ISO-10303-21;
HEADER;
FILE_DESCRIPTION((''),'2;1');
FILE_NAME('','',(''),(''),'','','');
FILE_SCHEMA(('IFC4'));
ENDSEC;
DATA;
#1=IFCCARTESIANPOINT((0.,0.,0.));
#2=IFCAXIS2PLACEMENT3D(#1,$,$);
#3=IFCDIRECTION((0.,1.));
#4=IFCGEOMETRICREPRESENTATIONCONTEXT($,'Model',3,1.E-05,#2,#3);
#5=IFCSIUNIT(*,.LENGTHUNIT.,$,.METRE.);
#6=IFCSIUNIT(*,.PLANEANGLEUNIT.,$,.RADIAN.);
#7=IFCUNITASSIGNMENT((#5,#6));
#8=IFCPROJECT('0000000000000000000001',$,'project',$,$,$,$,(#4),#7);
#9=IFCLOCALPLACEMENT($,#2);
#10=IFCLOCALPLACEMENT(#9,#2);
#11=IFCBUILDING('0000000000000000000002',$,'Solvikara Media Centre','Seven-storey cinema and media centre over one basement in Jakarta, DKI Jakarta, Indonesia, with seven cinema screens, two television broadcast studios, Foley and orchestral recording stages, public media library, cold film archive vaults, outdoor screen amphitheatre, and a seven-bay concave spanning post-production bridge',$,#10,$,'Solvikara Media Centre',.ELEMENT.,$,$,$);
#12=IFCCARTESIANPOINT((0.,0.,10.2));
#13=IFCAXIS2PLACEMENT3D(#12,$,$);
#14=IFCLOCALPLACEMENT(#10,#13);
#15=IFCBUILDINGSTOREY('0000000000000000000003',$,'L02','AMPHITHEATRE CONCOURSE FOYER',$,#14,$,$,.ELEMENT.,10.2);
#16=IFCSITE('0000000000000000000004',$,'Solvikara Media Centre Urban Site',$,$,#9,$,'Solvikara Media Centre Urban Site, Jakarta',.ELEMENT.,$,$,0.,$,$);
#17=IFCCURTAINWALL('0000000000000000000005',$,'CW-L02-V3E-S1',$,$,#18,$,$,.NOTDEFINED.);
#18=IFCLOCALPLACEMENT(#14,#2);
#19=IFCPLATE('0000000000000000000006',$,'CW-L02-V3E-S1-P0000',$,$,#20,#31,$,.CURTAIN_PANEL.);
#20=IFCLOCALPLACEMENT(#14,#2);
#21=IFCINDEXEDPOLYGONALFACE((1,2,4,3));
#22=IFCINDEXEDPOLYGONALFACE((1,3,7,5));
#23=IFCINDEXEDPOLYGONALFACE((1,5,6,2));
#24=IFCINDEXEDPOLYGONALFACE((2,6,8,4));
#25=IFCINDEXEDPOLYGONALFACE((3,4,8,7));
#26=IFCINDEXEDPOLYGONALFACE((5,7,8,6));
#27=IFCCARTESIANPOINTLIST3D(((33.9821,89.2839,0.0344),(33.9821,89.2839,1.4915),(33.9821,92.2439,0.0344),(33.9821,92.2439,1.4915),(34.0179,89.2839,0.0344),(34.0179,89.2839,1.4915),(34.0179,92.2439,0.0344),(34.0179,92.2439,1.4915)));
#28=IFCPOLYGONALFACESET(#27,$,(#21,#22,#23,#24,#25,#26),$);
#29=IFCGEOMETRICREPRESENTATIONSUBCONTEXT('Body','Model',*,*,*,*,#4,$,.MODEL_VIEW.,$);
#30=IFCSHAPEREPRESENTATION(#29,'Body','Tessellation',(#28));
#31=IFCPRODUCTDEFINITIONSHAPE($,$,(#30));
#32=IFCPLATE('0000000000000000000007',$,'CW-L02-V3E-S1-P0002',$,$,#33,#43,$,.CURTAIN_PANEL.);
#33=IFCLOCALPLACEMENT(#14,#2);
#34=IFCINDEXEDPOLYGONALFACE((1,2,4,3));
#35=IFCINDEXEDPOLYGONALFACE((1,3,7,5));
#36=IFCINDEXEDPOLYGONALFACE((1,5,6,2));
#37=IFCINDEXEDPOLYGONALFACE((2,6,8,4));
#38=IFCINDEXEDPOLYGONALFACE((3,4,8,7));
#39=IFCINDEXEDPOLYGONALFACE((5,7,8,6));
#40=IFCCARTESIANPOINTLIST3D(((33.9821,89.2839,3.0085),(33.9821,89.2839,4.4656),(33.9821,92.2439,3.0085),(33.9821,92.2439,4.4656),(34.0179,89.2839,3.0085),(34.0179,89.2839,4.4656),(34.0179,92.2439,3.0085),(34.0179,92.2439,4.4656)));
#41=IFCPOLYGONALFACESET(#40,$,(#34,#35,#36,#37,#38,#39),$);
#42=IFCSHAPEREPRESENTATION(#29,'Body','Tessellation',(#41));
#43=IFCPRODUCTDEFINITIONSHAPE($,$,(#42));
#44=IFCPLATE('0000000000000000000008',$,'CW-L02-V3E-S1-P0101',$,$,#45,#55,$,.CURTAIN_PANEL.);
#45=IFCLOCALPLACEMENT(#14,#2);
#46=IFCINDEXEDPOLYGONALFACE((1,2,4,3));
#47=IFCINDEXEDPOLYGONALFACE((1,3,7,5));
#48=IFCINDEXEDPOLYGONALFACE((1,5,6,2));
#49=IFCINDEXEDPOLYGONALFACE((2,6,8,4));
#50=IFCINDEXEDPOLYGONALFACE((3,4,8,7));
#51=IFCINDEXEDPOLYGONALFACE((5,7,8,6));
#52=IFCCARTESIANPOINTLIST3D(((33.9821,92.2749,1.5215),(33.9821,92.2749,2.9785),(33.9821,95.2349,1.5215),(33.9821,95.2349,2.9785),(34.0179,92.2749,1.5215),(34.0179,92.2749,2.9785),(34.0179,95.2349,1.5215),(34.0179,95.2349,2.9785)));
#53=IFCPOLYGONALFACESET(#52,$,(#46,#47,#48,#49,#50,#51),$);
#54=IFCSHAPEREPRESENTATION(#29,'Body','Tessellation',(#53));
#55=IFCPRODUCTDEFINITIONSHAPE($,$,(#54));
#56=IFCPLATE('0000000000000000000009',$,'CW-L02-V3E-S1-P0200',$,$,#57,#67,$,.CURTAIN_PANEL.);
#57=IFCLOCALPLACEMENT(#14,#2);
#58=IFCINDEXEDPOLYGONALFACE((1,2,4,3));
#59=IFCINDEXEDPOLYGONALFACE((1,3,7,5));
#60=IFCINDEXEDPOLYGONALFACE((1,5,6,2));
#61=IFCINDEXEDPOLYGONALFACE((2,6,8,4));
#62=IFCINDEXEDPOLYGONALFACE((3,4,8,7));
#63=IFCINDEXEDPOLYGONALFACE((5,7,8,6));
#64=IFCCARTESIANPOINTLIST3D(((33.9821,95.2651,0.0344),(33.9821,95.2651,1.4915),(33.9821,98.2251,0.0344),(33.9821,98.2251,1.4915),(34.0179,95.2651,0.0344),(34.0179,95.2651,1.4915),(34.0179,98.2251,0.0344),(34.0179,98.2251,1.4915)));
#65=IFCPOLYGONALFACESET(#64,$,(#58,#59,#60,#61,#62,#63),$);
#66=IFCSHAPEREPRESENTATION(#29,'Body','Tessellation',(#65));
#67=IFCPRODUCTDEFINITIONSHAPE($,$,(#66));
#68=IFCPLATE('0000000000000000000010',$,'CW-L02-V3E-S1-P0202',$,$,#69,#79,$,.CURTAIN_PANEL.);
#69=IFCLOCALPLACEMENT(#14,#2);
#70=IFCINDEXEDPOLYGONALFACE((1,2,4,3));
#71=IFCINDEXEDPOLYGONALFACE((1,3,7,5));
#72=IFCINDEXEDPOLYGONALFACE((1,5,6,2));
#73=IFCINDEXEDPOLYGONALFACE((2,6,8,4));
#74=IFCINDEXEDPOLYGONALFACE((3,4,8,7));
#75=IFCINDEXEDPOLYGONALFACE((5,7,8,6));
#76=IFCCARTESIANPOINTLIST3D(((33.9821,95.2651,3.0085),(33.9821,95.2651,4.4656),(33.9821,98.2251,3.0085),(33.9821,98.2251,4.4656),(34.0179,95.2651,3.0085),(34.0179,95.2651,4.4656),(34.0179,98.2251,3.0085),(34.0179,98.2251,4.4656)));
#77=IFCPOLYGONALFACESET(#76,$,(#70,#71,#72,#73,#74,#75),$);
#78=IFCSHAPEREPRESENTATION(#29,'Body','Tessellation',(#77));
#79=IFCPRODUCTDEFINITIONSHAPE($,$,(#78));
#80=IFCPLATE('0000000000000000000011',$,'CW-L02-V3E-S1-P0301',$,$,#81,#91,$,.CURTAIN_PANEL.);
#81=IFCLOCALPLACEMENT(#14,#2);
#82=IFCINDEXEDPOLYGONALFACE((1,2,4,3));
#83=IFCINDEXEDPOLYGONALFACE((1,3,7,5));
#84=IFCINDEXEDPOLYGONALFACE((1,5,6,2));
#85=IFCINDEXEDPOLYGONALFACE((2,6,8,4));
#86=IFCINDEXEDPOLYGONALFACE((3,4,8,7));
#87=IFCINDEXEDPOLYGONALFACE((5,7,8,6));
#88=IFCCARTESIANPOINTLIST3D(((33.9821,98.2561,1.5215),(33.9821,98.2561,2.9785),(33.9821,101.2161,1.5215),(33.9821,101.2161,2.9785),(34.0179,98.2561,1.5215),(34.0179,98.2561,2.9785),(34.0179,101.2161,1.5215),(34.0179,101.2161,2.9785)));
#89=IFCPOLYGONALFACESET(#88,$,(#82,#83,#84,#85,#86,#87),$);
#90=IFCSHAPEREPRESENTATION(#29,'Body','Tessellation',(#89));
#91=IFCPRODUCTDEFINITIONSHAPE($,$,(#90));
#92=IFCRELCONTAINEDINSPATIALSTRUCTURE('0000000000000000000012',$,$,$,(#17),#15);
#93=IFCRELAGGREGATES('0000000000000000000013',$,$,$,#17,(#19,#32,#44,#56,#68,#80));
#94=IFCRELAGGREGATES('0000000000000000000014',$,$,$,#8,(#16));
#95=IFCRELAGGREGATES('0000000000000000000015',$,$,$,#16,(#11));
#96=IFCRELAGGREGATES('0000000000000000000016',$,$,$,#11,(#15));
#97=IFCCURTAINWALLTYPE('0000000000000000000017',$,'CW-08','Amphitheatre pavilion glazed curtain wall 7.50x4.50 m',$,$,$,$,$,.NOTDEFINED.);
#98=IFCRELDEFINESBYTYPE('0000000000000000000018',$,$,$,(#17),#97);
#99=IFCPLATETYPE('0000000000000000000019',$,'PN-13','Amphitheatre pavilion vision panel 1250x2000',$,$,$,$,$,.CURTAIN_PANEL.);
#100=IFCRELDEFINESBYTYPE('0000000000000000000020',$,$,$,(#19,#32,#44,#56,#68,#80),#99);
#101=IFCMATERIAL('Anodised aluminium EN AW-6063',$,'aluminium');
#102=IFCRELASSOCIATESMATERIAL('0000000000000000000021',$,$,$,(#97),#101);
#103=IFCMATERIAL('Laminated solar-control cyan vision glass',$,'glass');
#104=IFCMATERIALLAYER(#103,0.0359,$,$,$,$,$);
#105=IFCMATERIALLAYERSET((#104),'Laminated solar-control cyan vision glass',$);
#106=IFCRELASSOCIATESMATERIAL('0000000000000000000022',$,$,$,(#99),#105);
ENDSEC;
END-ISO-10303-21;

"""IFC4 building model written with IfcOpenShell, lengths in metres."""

from ifc_helpers import new_model, si_unit, direction, frame, origin, origin_2d, place, context, subcontext, project, spatial, rectangle, extrude, material, layer, layer_set, type_object, element, aggregate, save


model = new_model("IFC4")

# Units and contexts
model_context = context("Model", 3, precision=1e-05, world=origin(), true_north=direction((0.0, 1.0)))
body_context = subcontext(model_context, "Body", "Model", "MODEL_VIEW")
ifc_project = project(units=[si_unit("LENGTHUNIT", "METRE"), si_unit("PLANEANGLEUNIT", "RADIAN")], contexts=[model_context])

# Site, building, storey
site_placement = place(None, origin())
site = spatial("IfcSite", under=ifc_project, at=site_placement, Name="Solvikara Media Centre Urban Site", LongName="Solvikara Media Centre Urban Site, Jakarta", CompositionType="ELEMENT", RefElevation=0.0)
building_placement = place(site_placement, origin())
building = spatial("IfcBuilding", under=site, at=building_placement, Name="Solvikara Media Centre", Description="Seven-storey cinema and media centre over one basement in Jakarta, DKI Jakarta, Indonesia, with seven cinema screens, two television broadcast studios, Foley and orchestral recording stages, public media library, cold film archive vaults, outdoor screen amphitheatre, and a seven-bay concave spanning post-production bridge", LongName="Solvikara Media Centre", CompositionType="ELEMENT")
storey_placement = place(building_placement, frame((0.0, 0.0, 10.2)))
storey = spatial("IfcBuildingStorey", under=building, at=storey_placement, Name="L02", Description="AMPHITHEATRE CONCOURSE FOYER", CompositionType="ELEMENT", Elevation=10.2)

# Curtain wall
ifc_material_1 = material(Name="Anodised aluminium EN AW-6063", Category="aluminium")
curtain_wall_type = type_object("IfcCurtainWallType", Name="CW-08", Description="Amphitheatre pavilion glazed curtain wall 7.50x4.50 m", PredefinedType="NOTDEFINED", material=ifc_material_1)
curtain_wall_1_placement = place(storey_placement, origin())
curtain_wall_1 = element("IfcCurtainWall", 1, at=curtain_wall_1_placement, inside=storey, type_object=curtain_wall_type, Name="CW-L02-V3E-S1", PredefinedType="NOTDEFINED")

# Plates
ifc_material_2 = material(Name="Laminated solar-control cyan vision glass", Category="glass")
ifc_layer_1 = layer(ifc_material_2, 0.0359)
ifc_layer_set_1 = layer_set([ifc_layer_1], Name="Laminated solar-control cyan vision glass")
plate_type_1 = type_object("IfcPlateType", Name="PN-13", Description="Amphitheatre pavilion vision panel 1250x2000", PredefinedType="CURTAIN_PANEL", material=ifc_layer_set_1)
plate_1_placement = place(storey_placement, frame((34.0, 90.7639, 0.0344), z_axis=(0.0, 0.0, 1.0), x_axis=(0.0, 1.0, 0.0)))
plate_1 = element("IfcPlate", 2, at=plate_1_placement, type_object=plate_type_1, Name="CW-L02-V3E-S1-P0000", PredefinedType="CURTAIN_PANEL", context=body_context, shape_type="SweptSolid", body=[
    extrude(rectangle(XDim=2.96, YDim=0.0359, at=origin_2d()), origin(), (0.0, 0.0, 1.0), 1.457),
])
plate_2_placement = place(storey_placement, frame((34.0, 90.7639, 3.0085), z_axis=(0.0, 0.0, 1.0), x_axis=(0.0, 1.0, 0.0)))
plate_2 = element("IfcPlate", 3, at=plate_2_placement, type_object=plate_type_1, Name="CW-L02-V3E-S1-P0002", PredefinedType="CURTAIN_PANEL", context=body_context, shape_type="SweptSolid", body=[
    extrude(rectangle(XDim=2.96, YDim=0.0359, at=origin_2d()), origin(), (0.0, 0.0, 1.0), 1.457),
])
plate_3_placement = place(storey_placement, frame((34.0, 93.7549, 1.5215), z_axis=(0.0, 0.0, 1.0), x_axis=(0.0, 1.0, 0.0)))
plate_3 = element("IfcPlate", 4, at=plate_3_placement, type_object=plate_type_1, Name="CW-L02-V3E-S1-P0101", PredefinedType="CURTAIN_PANEL", context=body_context, shape_type="SweptSolid", body=[
    extrude(rectangle(XDim=2.96, YDim=0.0359, at=origin_2d()), origin(), (0.0, 0.0, 1.0), 1.457),
])
plate_4_placement = place(storey_placement, frame((34.0, 96.7451, 0.0344), z_axis=(0.0, 0.0, 1.0), x_axis=(0.0, 1.0, 0.0)))
plate_4 = element("IfcPlate", 5, at=plate_4_placement, type_object=plate_type_1, Name="CW-L02-V3E-S1-P0200", PredefinedType="CURTAIN_PANEL", context=body_context, shape_type="SweptSolid", body=[
    extrude(rectangle(XDim=2.96, YDim=0.0359, at=origin_2d()), origin(), (0.0, 0.0, 1.0), 1.457),
])
plate_5_placement = place(storey_placement, frame((34.0, 96.7451, 3.0085), z_axis=(0.0, 0.0, 1.0), x_axis=(0.0, 1.0, 0.0)))
plate_5 = element("IfcPlate", 6, at=plate_5_placement, type_object=plate_type_1, Name="CW-L02-V3E-S1-P0202", PredefinedType="CURTAIN_PANEL", context=body_context, shape_type="SweptSolid", body=[
    extrude(rectangle(XDim=2.96, YDim=0.0359, at=origin_2d()), origin(), (0.0, 0.0, 1.0), 1.457),
])
plate_6_placement = place(storey_placement, frame((34.0, 99.7361, 1.5215), z_axis=(0.0, 0.0, 1.0), x_axis=(0.0, 1.0, 0.0)))
plate_6 = element("IfcPlate", 7, at=plate_6_placement, type_object=plate_type_1, Name="CW-L02-V3E-S1-P0301", PredefinedType="CURTAIN_PANEL", context=body_context, shape_type="SweptSolid", body=[
    extrude(rectangle(XDim=2.96, YDim=0.0359, at=origin_2d()), origin(), (0.0, 0.0, 1.0), 1.457),
])
aggregate(curtain_wall_1, [plate_1, plate_2, plate_3, plate_4, plate_5, plate_6])

save(model, "model.ifc")
